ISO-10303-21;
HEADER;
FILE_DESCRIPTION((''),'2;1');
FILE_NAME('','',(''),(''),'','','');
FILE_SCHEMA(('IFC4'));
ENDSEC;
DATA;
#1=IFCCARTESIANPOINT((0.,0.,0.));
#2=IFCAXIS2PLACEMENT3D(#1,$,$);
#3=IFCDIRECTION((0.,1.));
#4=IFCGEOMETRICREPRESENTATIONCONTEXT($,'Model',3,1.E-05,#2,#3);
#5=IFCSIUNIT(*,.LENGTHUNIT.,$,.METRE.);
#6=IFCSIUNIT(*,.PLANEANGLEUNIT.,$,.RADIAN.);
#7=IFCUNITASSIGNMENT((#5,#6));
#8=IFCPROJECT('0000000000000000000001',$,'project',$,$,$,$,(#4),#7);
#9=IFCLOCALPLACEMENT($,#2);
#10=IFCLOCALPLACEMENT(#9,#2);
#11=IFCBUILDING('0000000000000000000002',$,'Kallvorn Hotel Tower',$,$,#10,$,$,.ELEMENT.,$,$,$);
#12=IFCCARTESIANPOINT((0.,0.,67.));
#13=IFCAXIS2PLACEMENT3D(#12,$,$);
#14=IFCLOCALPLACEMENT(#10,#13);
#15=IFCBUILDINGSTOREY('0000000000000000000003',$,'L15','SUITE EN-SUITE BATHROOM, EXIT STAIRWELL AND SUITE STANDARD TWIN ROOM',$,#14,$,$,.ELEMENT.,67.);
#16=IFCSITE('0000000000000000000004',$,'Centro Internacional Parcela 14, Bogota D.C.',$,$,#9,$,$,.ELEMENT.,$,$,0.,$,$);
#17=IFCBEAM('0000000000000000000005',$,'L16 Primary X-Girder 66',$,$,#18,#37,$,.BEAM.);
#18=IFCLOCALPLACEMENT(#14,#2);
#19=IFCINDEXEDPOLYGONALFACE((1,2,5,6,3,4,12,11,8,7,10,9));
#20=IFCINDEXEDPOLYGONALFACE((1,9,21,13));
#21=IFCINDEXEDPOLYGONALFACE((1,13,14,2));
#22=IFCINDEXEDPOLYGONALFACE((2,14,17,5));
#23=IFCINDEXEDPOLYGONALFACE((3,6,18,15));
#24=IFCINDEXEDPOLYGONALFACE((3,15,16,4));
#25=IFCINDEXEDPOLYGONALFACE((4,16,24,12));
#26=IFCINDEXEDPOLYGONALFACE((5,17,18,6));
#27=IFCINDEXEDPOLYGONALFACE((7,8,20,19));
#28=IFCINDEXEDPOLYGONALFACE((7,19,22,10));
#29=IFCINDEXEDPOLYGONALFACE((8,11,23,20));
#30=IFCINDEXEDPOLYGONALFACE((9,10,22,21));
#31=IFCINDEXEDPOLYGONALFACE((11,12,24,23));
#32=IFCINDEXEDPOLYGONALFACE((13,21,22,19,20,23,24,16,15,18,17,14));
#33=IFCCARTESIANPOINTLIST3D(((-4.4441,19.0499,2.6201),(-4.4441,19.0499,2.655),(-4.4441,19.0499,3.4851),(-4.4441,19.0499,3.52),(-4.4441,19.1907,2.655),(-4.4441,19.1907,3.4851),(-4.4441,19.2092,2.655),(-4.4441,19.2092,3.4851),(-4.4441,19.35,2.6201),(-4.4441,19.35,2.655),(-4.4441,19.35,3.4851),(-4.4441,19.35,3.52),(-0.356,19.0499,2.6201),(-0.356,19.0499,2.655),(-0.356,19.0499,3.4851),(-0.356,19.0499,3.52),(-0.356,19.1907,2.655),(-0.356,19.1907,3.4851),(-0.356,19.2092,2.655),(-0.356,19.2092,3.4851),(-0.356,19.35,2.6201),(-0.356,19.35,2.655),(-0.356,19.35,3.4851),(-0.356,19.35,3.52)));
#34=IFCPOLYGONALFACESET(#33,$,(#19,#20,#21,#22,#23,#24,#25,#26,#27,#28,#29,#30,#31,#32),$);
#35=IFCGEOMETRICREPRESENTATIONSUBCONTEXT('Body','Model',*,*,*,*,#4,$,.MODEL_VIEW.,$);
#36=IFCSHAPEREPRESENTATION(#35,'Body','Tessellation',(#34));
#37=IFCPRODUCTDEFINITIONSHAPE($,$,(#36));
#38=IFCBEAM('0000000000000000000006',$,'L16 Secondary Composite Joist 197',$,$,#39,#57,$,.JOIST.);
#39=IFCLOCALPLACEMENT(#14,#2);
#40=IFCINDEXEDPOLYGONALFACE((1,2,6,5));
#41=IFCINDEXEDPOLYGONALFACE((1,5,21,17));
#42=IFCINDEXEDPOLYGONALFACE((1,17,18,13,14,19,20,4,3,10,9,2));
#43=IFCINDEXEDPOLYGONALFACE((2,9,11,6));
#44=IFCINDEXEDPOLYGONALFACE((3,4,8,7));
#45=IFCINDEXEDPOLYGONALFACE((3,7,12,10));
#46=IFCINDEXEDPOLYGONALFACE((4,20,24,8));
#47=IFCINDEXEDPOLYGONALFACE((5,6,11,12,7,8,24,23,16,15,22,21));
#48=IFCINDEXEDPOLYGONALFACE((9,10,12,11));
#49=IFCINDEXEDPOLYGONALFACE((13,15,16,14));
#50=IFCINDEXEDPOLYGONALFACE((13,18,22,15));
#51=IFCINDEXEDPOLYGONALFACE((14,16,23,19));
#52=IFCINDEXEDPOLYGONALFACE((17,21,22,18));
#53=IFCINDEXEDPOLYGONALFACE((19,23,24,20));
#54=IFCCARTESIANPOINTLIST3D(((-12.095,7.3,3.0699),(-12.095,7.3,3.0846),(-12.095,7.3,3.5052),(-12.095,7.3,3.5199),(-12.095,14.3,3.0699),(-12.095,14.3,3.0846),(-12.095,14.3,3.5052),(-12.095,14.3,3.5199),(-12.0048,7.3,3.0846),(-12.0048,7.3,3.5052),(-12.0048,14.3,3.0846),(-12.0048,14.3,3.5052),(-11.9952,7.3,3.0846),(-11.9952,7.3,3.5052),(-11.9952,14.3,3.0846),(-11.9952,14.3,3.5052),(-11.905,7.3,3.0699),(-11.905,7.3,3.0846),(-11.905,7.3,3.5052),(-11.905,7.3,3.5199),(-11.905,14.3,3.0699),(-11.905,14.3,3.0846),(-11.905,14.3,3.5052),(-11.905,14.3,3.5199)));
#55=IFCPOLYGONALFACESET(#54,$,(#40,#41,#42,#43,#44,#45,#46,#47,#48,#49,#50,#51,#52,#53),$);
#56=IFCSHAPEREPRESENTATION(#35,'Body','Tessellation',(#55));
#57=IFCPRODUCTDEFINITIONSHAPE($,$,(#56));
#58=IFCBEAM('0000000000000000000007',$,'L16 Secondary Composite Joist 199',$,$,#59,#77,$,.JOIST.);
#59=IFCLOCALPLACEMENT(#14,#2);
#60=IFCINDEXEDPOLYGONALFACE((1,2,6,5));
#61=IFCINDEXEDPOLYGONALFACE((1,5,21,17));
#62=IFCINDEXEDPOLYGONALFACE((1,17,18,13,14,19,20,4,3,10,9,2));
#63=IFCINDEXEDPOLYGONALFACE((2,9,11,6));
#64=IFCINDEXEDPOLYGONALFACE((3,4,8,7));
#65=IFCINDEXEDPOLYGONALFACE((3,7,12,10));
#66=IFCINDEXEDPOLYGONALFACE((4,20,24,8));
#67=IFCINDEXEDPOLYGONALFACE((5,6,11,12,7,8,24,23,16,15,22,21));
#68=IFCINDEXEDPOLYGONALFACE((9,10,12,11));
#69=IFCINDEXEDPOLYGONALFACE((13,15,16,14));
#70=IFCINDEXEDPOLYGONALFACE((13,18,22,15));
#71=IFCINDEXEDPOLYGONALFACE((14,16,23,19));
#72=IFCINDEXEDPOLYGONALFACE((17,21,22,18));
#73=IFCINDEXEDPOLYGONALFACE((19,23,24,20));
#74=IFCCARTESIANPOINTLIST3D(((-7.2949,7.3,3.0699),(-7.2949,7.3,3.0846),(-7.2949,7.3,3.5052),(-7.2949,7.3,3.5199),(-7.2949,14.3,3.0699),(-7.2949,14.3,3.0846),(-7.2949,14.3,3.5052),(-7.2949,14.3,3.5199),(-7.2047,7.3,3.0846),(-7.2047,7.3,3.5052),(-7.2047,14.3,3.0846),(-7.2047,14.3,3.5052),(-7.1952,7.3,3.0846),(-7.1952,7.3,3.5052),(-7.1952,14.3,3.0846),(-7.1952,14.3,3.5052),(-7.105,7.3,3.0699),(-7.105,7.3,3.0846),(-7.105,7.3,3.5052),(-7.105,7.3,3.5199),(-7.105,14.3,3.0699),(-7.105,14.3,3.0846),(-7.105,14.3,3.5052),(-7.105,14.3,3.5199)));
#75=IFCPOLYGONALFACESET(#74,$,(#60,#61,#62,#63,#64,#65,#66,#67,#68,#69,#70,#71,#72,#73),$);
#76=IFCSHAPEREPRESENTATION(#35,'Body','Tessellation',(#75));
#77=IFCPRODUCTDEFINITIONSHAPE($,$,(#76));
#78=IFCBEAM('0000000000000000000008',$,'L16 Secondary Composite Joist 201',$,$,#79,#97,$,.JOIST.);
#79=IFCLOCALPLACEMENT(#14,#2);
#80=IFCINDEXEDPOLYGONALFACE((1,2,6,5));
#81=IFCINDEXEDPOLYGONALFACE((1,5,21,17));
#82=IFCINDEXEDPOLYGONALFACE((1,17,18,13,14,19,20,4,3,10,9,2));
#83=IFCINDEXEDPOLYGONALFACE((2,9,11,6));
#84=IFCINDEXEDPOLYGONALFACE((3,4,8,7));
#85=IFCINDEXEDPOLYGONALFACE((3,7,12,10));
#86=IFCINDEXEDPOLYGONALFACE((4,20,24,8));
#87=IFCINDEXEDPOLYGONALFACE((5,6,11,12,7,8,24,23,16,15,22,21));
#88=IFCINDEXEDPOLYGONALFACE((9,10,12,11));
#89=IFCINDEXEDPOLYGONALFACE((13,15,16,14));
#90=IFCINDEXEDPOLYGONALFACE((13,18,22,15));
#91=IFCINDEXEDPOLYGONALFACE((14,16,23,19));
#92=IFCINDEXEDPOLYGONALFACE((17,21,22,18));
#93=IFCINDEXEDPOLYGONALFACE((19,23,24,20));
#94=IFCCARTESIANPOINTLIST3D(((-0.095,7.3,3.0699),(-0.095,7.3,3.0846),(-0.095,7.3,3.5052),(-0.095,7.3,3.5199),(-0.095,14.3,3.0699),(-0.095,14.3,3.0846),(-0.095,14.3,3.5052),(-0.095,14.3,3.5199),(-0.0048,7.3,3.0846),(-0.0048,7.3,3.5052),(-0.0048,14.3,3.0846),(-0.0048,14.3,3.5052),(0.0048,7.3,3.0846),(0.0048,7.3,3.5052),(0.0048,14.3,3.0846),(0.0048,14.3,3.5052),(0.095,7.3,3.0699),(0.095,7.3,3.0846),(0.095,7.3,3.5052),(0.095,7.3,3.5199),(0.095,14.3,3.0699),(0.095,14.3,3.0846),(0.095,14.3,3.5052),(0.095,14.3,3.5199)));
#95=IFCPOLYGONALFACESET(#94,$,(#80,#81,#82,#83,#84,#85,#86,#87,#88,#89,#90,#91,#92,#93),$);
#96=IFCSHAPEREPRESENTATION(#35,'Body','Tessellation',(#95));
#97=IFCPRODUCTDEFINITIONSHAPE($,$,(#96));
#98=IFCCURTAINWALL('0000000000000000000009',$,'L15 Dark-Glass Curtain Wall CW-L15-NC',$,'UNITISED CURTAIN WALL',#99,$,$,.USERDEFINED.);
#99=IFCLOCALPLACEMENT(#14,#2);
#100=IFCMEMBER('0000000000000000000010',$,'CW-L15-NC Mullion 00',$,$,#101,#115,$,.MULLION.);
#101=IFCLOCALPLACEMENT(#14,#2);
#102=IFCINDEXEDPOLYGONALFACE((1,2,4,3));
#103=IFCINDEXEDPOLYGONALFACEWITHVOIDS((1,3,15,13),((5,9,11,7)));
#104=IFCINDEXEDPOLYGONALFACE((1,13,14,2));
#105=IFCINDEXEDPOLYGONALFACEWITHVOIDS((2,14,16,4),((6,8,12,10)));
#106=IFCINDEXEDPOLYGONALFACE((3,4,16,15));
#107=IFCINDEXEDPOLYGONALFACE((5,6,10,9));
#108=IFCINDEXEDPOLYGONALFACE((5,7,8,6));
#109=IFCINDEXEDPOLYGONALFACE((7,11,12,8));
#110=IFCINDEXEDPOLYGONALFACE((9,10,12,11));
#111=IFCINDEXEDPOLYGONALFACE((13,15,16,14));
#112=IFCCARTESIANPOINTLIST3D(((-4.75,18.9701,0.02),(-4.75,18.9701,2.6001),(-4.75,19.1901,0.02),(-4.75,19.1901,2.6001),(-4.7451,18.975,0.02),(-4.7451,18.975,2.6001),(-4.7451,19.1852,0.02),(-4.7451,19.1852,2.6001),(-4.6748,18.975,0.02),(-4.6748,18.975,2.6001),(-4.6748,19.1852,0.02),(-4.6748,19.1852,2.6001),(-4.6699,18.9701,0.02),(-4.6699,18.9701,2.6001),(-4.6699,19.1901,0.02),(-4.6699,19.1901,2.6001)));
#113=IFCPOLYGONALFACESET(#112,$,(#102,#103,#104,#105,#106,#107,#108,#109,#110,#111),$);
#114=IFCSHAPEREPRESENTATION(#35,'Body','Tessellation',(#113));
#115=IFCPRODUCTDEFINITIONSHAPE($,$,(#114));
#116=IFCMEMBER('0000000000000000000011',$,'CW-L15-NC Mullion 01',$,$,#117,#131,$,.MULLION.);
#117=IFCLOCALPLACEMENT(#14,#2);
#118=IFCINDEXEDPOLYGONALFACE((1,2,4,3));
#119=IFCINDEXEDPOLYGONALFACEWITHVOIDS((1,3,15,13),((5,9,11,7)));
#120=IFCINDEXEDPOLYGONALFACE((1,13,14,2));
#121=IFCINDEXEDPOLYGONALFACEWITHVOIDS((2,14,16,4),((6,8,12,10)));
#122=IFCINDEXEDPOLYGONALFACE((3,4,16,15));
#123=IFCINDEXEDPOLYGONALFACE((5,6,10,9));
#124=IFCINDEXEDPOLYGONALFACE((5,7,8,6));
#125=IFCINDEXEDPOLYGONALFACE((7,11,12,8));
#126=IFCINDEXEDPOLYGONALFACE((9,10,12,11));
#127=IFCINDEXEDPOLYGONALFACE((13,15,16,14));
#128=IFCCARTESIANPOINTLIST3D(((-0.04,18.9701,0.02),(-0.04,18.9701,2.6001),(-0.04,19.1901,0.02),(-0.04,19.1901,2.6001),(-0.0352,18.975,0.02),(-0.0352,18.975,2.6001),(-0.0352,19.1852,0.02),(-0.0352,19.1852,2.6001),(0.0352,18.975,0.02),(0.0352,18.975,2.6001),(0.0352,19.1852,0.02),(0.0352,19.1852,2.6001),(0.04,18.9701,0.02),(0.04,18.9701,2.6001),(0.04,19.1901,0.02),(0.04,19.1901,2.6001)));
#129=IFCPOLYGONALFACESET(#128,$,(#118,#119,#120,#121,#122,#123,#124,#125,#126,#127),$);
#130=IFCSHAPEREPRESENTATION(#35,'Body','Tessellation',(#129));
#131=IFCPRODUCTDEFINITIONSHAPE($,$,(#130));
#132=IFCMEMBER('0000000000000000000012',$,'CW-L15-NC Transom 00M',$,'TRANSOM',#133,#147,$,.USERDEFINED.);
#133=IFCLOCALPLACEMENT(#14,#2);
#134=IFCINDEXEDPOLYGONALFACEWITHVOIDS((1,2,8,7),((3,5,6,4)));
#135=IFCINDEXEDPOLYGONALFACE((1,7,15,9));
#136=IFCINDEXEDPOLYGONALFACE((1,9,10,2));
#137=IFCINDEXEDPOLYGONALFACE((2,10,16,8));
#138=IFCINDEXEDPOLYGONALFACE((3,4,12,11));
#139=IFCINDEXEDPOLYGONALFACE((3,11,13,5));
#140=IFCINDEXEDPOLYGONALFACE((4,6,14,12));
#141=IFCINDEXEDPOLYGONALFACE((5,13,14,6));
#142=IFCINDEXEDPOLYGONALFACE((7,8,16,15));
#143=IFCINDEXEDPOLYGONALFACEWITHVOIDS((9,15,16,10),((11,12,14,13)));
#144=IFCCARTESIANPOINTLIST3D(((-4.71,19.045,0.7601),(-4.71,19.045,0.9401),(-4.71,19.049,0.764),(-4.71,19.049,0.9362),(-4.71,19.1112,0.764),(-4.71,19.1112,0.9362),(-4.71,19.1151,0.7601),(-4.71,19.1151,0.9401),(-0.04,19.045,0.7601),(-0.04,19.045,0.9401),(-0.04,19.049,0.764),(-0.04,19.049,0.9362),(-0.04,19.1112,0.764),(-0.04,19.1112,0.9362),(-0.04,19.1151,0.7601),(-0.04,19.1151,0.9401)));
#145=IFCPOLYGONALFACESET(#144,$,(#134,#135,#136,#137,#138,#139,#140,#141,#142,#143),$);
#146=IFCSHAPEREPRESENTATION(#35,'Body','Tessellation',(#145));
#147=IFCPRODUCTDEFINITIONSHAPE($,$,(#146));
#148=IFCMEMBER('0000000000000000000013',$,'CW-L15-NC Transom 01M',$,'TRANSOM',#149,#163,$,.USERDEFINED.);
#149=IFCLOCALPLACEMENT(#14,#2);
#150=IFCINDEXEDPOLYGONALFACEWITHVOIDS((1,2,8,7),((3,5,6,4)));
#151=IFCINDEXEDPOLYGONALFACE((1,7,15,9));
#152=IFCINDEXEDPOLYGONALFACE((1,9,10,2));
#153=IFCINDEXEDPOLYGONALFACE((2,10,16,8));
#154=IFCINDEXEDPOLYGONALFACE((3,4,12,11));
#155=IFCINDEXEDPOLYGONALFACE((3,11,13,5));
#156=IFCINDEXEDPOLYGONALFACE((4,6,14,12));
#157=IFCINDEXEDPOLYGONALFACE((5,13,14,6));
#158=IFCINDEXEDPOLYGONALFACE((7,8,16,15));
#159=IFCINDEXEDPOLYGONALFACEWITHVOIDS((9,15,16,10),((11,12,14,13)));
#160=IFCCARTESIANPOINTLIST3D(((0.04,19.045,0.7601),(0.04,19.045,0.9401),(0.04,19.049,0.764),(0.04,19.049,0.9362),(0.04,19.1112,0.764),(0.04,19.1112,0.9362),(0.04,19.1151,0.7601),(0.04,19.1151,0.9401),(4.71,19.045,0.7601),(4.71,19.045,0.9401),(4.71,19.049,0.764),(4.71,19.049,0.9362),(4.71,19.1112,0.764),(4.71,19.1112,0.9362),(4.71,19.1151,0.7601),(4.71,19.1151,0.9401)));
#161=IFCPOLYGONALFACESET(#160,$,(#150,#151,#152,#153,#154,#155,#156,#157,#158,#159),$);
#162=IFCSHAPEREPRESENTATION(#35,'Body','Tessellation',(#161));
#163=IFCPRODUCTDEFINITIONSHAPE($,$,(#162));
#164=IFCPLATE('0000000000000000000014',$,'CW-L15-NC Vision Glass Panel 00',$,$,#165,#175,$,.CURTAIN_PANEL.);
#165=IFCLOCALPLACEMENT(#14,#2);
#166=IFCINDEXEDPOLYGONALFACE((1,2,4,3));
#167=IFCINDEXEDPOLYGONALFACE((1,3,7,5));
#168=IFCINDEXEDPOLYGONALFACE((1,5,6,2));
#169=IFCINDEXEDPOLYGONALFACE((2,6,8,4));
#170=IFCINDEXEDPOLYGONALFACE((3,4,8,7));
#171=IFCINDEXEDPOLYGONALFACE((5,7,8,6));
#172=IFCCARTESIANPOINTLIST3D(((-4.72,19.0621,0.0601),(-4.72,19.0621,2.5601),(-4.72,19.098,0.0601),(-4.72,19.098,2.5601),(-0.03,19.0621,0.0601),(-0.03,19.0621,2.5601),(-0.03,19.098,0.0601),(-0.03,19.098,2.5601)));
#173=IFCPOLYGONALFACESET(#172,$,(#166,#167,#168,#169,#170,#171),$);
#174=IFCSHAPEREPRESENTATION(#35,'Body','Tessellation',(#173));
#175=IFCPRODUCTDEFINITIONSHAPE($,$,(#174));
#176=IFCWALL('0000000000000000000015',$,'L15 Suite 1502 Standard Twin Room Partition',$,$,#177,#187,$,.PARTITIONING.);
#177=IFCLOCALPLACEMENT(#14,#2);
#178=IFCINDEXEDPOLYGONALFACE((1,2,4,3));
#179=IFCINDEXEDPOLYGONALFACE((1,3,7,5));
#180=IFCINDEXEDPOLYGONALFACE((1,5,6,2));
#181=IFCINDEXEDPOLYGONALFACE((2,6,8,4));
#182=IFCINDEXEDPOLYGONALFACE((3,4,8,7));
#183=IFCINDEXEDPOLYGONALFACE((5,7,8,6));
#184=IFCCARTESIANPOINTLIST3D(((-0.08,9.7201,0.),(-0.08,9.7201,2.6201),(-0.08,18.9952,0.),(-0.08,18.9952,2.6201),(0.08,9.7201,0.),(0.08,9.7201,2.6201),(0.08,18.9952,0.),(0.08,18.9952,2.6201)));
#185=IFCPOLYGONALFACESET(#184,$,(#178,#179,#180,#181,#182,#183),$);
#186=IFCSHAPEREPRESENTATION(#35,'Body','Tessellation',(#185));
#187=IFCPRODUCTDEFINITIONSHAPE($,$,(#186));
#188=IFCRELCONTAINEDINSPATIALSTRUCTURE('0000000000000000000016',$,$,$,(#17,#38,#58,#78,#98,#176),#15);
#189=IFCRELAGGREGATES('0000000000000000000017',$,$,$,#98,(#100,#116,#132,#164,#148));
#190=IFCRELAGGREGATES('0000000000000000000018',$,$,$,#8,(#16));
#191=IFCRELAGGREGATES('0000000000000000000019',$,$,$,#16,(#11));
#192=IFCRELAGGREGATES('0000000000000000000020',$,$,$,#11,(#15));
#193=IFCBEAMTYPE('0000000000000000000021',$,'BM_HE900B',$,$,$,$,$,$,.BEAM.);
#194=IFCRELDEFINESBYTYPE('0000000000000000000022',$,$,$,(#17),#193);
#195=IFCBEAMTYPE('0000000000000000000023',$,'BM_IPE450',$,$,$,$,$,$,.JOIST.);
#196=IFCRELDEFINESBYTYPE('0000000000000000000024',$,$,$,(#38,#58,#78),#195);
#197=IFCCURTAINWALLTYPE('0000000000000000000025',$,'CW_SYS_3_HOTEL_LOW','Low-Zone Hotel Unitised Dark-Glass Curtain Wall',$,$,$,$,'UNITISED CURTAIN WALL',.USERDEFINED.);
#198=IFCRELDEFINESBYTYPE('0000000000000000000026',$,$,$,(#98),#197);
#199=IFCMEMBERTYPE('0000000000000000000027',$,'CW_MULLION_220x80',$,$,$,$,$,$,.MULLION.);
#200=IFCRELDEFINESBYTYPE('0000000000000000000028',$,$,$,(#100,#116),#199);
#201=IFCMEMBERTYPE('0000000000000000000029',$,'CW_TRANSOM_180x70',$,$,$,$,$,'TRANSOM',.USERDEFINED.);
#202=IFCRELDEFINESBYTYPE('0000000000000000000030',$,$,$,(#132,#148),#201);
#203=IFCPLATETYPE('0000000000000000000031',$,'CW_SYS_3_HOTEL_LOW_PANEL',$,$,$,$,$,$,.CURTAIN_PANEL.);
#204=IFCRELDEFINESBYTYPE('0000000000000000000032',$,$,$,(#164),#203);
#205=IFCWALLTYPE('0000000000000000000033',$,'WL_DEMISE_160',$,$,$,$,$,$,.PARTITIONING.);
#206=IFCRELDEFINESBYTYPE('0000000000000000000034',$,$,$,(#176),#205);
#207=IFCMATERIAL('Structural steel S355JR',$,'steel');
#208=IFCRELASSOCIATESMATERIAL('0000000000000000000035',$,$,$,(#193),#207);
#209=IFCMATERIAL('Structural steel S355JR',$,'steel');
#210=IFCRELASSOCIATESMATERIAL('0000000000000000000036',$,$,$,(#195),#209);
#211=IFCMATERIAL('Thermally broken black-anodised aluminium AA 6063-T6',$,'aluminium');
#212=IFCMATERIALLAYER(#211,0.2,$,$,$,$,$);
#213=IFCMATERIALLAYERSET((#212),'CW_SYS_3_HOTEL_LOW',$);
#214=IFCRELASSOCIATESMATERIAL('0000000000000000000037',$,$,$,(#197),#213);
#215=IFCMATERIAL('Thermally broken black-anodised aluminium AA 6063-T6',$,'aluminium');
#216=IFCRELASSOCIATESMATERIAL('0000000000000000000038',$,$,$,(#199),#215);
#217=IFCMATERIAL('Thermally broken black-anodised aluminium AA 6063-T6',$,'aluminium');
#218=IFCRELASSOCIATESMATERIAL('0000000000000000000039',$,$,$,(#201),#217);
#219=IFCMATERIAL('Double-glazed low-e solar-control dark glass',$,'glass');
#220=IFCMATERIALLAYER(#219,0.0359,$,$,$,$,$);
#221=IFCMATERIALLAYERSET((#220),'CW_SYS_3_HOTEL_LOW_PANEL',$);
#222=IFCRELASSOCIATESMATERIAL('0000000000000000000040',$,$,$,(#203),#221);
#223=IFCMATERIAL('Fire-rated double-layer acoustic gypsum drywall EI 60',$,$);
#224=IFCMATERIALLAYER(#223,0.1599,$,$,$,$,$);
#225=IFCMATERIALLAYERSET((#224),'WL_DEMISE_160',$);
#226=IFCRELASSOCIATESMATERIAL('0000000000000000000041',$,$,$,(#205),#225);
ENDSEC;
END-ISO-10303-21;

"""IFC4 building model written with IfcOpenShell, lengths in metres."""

from ifc_helpers import new_model, si_unit, direction, frame, frame_2d, origin, origin_2d, place, context, subcontext, project, spatial, rectangle, hollow_rectangle, i_section, extrude, material, layer, layer_set, material_profile, profile_set, type_object, element, aggregate, save


model = new_model("IFC4")

# Units and contexts
model_context = context("Model", 3, precision=1e-05, world=origin(), true_north=direction((0.0, 1.0)))
body_context = subcontext(model_context, "Body", "Model", "MODEL_VIEW")
ifc_project = project(units=[si_unit("LENGTHUNIT", "METRE"), si_unit("PLANEANGLEUNIT", "RADIAN")], contexts=[model_context])

# Site, building, storey
site_placement = place(None, origin())
site = spatial("IfcSite", under=ifc_project, at=site_placement, Name="Centro Internacional Parcela 14, Bogota D.C.", CompositionType="ELEMENT", RefElevation=0.0)
building_placement = place(site_placement, origin())
building = spatial("IfcBuilding", under=site, at=building_placement, Name="Kallvorn Hotel Tower", CompositionType="ELEMENT")
storey_placement = place(building_placement, frame((0.0, 0.0, 67.0)))
storey = spatial("IfcBuildingStorey", under=building, at=storey_placement, Name="L15", Description="SUITE EN-SUITE BATHROOM, EXIT STAIRWELL AND SUITE STANDARD TWIN ROOM", CompositionType="ELEMENT", Elevation=67.0)

# Beams
ifc_material_1 = material(Name="Structural steel S355JR", Category="steel")
ifc_material_profile_1 = material_profile(ifc_material_1, i_section(OverallWidth=0.3, OverallDepth=0.8999, WebThickness=0.0186, FlangeThickness=0.0349, at=origin_2d()), Name="HE 900 B")
ifc_profile_set_1 = profile_set([ifc_material_profile_1], Name="Structural steel S355JR")
beam_type_1 = type_object("IfcBeamType", Name="BM_HE900B", PredefinedType="BEAM", material=ifc_profile_set_1)
beam_1_placement = place(storey_placement, frame((-4.4441, 19.2, 3.0701), z_axis=(1.0, 0.0, 0.0), x_axis=(0.0, 1.0, 0.0)))
element("IfcBeam", 1, at=beam_1_placement, inside=storey, type_object=beam_type_1, Name="L16 Primary X-Girder 66", PredefinedType="BEAM", context=body_context, shape_type="SweptSolid", body=[
    extrude(i_section(OverallWidth=0.3, OverallDepth=0.8999, WebThickness=0.0186, FlangeThickness=0.0349, at=origin_2d()), origin(), (0.0, 0.0, 1.0), 4.0881),
])
ifc_material_2 = material(Name="Structural steel S355JR", Category="steel")
ifc_material_profile_2 = material_profile(ifc_material_2, i_section(OverallWidth=0.1899, OverallDepth=0.45, WebThickness=0.0095, FlangeThickness=0.0146, at=origin_2d()), Name="IPE 450")
ifc_profile_set_2 = profile_set([ifc_material_profile_2], Name="Structural steel S355JR")
beam_type_2 = type_object("IfcBeamType", Name="BM_IPE450", PredefinedType="JOIST", material=ifc_profile_set_2)
for number, where, z_axis, x_axis, name in (
    (2, (-12.0, 7.3, 3.2949), (0.0, 1.0, 0.0), (-1.0, 0.0, 0.0), "L16 Secondary Composite Joist 197"),
    (3, (-7.2, 7.3, 3.2949), (0.0, 1.0, 0.0), (-1.0, 0.0, 0.0), "L16 Secondary Composite Joist 199"),
    (4, (0.0, 7.3, 3.2949), (0.0, 1.0, 0.0), (-1.0, 0.0, 0.0), "L16 Secondary Composite Joist 201"),
):
    element("IfcBeam", number, at=place(storey_placement, frame(where, z_axis=z_axis, x_axis=x_axis)), inside=storey, type_object=beam_type_2, Name=name, PredefinedType="JOIST", context=body_context, shape_type="SweptSolid", body=[
        extrude(i_section(OverallWidth=0.1899, OverallDepth=0.45, WebThickness=0.0095, FlangeThickness=0.0146, at=origin_2d()), origin(), (0.0, 0.0, 1.0), 7.0),
    ])

# Curtain wall, members, plate
ifc_material_3 = material(Name="Thermally broken black-anodised aluminium AA 6063-T6", Category="aluminium")
ifc_layer_1 = layer(ifc_material_3, 0.2)
ifc_layer_set_1 = layer_set([ifc_layer_1], Name="CW_SYS_3_HOTEL_LOW")
curtain_wall_type = type_object("IfcCurtainWallType", Name="CW_SYS_3_HOTEL_LOW", Description="Low-Zone Hotel Unitised Dark-Glass Curtain Wall", ElementType="UNITISED CURTAIN WALL", PredefinedType="USERDEFINED", material=ifc_layer_set_1)
curtain_wall_placement = place(storey_placement, origin())
curtain_wall = element("IfcCurtainWall", 5, at=curtain_wall_placement, inside=storey, type_object=curtain_wall_type, Name="L15 Dark-Glass Curtain Wall CW-L15-NC", ObjectType="UNITISED CURTAIN WALL", PredefinedType="USERDEFINED")
ifc_material_4 = material(Name="Thermally broken black-anodised aluminium AA 6063-T6", Category="aluminium")
ifc_material_profile_3 = material_profile(ifc_material_4, hollow_rectangle(XDim=0.0801, YDim=0.22, WallThickness=0.0049, at=origin_2d()), Name="MUL 220x80")
ifc_profile_set_3 = profile_set([ifc_material_profile_3], Name="Thermally broken black-anodised aluminium AA 6063-T6")
member_type_1 = type_object("IfcMemberType", Name="CW_MULLION_220x80", PredefinedType="MULLION", material=ifc_profile_set_3)
member_1_placement = place(storey_placement, frame((-4.71, 19.0801, 0.02), z_axis=(0.0, 0.0, 1.0), x_axis=(1.0, 0.0, 0.0)))
member_1 = element("IfcMember", 6, at=member_1_placement, type_object=member_type_1, Name="CW-L15-NC Mullion 00", PredefinedType="MULLION", context=body_context, shape_type="SweptSolid", body=[
    extrude(hollow_rectangle(XDim=0.0801, YDim=0.22, WallThickness=0.0049, at=origin_2d()), origin(), (0.0, 0.0, 1.0), 2.5801),
])
member_2_placement = place(storey_placement, frame((0.0, 19.0801, 0.02), z_axis=(0.0, 0.0, 1.0), x_axis=(1.0, 0.0, 0.0)))
member_2 = element("IfcMember", 7, at=member_2_placement, type_object=member_type_1, Name="CW-L15-NC Mullion 01", PredefinedType="MULLION", context=body_context, shape_type="SweptSolid", body=[
    extrude(hollow_rectangle(XDim=0.0801, YDim=0.22, WallThickness=0.0049, at=origin_2d()), origin(), (0.0, 0.0, 1.0), 2.5801),
])
ifc_material_5 = material(Name="Thermally broken black-anodised aluminium AA 6063-T6", Category="aluminium")
ifc_material_profile_4 = material_profile(ifc_material_5, hollow_rectangle(XDim=0.0701, YDim=0.1799, WallThickness=0.0039, at=origin_2d()), Name="TRN 180x70")
ifc_profile_set_4 = profile_set([ifc_material_profile_4], Name="Thermally broken black-anodised aluminium AA 6063-T6")
member_type_2 = type_object("IfcMemberType", Name="CW_TRANSOM_180x70", ElementType="TRANSOM", PredefinedType="USERDEFINED", material=ifc_profile_set_4)
member_3_placement = place(storey_placement, frame((-4.71, 19.0801, 0.8501), z_axis=(1.0, 0.0, 0.0), x_axis=(0.0, 1.0, 0.0)))
member_3 = element("IfcMember", 8, at=member_3_placement, type_object=member_type_2, Name="CW-L15-NC Transom 00M", ObjectType="TRANSOM", PredefinedType="USERDEFINED", context=body_context, shape_type="SweptSolid", body=[
    extrude(hollow_rectangle(XDim=0.0701, YDim=0.1799, WallThickness=0.0039, at=origin_2d()), origin(), (0.0, 0.0, 1.0), 4.6699),
])
member_4_placement = place(storey_placement, frame((0.04, 19.0801, 0.8501), z_axis=(1.0, 0.0, 0.0), x_axis=(0.0, 1.0, 0.0)))
member_4 = element("IfcMember", 9, at=member_4_placement, type_object=member_type_2, Name="CW-L15-NC Transom 01M", ObjectType="TRANSOM", PredefinedType="USERDEFINED", context=body_context, shape_type="SweptSolid", body=[
    extrude(hollow_rectangle(XDim=0.0701, YDim=0.1799, WallThickness=0.0039, at=origin_2d()), origin(), (0.0, 0.0, 1.0), 4.6699),
])
ifc_material_6 = material(Name="Double-glazed low-e solar-control dark glass", Category="glass")
ifc_layer_2 = layer(ifc_material_6, 0.0359)
ifc_layer_set_2 = layer_set([ifc_layer_2], Name="CW_SYS_3_HOTEL_LOW_PANEL")
plate_type = type_object("IfcPlateType", Name="CW_SYS_3_HOTEL_LOW_PANEL", PredefinedType="CURTAIN_PANEL", material=ifc_layer_set_2)
plate_placement = place(storey_placement, frame((-2.375, 19.0801, 0.0601), z_axis=(0.0, 0.0, 1.0), x_axis=(1.0, 0.0, 0.0)))
plate = element("IfcPlate", 10, at=plate_placement, type_object=plate_type, Name="CW-L15-NC Vision Glass Panel 00", PredefinedType="CURTAIN_PANEL", context=body_context, shape_type="SweptSolid", body=[
    extrude(rectangle(XDim=4.6899, YDim=0.0359, at=origin_2d()), origin(), (0.0, 0.0, 1.0), 2.5),
])
aggregate(curtain_wall, [member_1, member_2, member_3, plate, member_4])

# Wall
ifc_material_7 = material(Name="Fire-rated double-layer acoustic gypsum drywall EI 60")
ifc_layer_3 = layer(ifc_material_7, 0.1599)
ifc_layer_set_3 = layer_set([ifc_layer_3], Name="WL_DEMISE_160")
wall_type_1 = type_object("IfcWallType", Name="WL_DEMISE_160", PredefinedType="PARTITIONING", material=ifc_layer_set_3)
wall_1_placement = place(storey_placement, frame((0.0, 9.72, 0.0), z_axis=(0.0, 0.0, 1.0), x_axis=(0.0, 1.0, 0.0)))
element("IfcWall", 11, at=wall_1_placement, inside=storey, type_object=wall_type_1, Name="L15 Suite 1502 Standard Twin Room Partition", PredefinedType="PARTITIONING", context=body_context, shape_type="SweptSolid", body=[
    extrude(rectangle(XDim=9.2751, YDim=0.1599, at=frame_2d((4.6377, 0.0))), origin(), (0.0, 0.0, 1.0), 2.6201),
])

save(model, "model.ifc")
